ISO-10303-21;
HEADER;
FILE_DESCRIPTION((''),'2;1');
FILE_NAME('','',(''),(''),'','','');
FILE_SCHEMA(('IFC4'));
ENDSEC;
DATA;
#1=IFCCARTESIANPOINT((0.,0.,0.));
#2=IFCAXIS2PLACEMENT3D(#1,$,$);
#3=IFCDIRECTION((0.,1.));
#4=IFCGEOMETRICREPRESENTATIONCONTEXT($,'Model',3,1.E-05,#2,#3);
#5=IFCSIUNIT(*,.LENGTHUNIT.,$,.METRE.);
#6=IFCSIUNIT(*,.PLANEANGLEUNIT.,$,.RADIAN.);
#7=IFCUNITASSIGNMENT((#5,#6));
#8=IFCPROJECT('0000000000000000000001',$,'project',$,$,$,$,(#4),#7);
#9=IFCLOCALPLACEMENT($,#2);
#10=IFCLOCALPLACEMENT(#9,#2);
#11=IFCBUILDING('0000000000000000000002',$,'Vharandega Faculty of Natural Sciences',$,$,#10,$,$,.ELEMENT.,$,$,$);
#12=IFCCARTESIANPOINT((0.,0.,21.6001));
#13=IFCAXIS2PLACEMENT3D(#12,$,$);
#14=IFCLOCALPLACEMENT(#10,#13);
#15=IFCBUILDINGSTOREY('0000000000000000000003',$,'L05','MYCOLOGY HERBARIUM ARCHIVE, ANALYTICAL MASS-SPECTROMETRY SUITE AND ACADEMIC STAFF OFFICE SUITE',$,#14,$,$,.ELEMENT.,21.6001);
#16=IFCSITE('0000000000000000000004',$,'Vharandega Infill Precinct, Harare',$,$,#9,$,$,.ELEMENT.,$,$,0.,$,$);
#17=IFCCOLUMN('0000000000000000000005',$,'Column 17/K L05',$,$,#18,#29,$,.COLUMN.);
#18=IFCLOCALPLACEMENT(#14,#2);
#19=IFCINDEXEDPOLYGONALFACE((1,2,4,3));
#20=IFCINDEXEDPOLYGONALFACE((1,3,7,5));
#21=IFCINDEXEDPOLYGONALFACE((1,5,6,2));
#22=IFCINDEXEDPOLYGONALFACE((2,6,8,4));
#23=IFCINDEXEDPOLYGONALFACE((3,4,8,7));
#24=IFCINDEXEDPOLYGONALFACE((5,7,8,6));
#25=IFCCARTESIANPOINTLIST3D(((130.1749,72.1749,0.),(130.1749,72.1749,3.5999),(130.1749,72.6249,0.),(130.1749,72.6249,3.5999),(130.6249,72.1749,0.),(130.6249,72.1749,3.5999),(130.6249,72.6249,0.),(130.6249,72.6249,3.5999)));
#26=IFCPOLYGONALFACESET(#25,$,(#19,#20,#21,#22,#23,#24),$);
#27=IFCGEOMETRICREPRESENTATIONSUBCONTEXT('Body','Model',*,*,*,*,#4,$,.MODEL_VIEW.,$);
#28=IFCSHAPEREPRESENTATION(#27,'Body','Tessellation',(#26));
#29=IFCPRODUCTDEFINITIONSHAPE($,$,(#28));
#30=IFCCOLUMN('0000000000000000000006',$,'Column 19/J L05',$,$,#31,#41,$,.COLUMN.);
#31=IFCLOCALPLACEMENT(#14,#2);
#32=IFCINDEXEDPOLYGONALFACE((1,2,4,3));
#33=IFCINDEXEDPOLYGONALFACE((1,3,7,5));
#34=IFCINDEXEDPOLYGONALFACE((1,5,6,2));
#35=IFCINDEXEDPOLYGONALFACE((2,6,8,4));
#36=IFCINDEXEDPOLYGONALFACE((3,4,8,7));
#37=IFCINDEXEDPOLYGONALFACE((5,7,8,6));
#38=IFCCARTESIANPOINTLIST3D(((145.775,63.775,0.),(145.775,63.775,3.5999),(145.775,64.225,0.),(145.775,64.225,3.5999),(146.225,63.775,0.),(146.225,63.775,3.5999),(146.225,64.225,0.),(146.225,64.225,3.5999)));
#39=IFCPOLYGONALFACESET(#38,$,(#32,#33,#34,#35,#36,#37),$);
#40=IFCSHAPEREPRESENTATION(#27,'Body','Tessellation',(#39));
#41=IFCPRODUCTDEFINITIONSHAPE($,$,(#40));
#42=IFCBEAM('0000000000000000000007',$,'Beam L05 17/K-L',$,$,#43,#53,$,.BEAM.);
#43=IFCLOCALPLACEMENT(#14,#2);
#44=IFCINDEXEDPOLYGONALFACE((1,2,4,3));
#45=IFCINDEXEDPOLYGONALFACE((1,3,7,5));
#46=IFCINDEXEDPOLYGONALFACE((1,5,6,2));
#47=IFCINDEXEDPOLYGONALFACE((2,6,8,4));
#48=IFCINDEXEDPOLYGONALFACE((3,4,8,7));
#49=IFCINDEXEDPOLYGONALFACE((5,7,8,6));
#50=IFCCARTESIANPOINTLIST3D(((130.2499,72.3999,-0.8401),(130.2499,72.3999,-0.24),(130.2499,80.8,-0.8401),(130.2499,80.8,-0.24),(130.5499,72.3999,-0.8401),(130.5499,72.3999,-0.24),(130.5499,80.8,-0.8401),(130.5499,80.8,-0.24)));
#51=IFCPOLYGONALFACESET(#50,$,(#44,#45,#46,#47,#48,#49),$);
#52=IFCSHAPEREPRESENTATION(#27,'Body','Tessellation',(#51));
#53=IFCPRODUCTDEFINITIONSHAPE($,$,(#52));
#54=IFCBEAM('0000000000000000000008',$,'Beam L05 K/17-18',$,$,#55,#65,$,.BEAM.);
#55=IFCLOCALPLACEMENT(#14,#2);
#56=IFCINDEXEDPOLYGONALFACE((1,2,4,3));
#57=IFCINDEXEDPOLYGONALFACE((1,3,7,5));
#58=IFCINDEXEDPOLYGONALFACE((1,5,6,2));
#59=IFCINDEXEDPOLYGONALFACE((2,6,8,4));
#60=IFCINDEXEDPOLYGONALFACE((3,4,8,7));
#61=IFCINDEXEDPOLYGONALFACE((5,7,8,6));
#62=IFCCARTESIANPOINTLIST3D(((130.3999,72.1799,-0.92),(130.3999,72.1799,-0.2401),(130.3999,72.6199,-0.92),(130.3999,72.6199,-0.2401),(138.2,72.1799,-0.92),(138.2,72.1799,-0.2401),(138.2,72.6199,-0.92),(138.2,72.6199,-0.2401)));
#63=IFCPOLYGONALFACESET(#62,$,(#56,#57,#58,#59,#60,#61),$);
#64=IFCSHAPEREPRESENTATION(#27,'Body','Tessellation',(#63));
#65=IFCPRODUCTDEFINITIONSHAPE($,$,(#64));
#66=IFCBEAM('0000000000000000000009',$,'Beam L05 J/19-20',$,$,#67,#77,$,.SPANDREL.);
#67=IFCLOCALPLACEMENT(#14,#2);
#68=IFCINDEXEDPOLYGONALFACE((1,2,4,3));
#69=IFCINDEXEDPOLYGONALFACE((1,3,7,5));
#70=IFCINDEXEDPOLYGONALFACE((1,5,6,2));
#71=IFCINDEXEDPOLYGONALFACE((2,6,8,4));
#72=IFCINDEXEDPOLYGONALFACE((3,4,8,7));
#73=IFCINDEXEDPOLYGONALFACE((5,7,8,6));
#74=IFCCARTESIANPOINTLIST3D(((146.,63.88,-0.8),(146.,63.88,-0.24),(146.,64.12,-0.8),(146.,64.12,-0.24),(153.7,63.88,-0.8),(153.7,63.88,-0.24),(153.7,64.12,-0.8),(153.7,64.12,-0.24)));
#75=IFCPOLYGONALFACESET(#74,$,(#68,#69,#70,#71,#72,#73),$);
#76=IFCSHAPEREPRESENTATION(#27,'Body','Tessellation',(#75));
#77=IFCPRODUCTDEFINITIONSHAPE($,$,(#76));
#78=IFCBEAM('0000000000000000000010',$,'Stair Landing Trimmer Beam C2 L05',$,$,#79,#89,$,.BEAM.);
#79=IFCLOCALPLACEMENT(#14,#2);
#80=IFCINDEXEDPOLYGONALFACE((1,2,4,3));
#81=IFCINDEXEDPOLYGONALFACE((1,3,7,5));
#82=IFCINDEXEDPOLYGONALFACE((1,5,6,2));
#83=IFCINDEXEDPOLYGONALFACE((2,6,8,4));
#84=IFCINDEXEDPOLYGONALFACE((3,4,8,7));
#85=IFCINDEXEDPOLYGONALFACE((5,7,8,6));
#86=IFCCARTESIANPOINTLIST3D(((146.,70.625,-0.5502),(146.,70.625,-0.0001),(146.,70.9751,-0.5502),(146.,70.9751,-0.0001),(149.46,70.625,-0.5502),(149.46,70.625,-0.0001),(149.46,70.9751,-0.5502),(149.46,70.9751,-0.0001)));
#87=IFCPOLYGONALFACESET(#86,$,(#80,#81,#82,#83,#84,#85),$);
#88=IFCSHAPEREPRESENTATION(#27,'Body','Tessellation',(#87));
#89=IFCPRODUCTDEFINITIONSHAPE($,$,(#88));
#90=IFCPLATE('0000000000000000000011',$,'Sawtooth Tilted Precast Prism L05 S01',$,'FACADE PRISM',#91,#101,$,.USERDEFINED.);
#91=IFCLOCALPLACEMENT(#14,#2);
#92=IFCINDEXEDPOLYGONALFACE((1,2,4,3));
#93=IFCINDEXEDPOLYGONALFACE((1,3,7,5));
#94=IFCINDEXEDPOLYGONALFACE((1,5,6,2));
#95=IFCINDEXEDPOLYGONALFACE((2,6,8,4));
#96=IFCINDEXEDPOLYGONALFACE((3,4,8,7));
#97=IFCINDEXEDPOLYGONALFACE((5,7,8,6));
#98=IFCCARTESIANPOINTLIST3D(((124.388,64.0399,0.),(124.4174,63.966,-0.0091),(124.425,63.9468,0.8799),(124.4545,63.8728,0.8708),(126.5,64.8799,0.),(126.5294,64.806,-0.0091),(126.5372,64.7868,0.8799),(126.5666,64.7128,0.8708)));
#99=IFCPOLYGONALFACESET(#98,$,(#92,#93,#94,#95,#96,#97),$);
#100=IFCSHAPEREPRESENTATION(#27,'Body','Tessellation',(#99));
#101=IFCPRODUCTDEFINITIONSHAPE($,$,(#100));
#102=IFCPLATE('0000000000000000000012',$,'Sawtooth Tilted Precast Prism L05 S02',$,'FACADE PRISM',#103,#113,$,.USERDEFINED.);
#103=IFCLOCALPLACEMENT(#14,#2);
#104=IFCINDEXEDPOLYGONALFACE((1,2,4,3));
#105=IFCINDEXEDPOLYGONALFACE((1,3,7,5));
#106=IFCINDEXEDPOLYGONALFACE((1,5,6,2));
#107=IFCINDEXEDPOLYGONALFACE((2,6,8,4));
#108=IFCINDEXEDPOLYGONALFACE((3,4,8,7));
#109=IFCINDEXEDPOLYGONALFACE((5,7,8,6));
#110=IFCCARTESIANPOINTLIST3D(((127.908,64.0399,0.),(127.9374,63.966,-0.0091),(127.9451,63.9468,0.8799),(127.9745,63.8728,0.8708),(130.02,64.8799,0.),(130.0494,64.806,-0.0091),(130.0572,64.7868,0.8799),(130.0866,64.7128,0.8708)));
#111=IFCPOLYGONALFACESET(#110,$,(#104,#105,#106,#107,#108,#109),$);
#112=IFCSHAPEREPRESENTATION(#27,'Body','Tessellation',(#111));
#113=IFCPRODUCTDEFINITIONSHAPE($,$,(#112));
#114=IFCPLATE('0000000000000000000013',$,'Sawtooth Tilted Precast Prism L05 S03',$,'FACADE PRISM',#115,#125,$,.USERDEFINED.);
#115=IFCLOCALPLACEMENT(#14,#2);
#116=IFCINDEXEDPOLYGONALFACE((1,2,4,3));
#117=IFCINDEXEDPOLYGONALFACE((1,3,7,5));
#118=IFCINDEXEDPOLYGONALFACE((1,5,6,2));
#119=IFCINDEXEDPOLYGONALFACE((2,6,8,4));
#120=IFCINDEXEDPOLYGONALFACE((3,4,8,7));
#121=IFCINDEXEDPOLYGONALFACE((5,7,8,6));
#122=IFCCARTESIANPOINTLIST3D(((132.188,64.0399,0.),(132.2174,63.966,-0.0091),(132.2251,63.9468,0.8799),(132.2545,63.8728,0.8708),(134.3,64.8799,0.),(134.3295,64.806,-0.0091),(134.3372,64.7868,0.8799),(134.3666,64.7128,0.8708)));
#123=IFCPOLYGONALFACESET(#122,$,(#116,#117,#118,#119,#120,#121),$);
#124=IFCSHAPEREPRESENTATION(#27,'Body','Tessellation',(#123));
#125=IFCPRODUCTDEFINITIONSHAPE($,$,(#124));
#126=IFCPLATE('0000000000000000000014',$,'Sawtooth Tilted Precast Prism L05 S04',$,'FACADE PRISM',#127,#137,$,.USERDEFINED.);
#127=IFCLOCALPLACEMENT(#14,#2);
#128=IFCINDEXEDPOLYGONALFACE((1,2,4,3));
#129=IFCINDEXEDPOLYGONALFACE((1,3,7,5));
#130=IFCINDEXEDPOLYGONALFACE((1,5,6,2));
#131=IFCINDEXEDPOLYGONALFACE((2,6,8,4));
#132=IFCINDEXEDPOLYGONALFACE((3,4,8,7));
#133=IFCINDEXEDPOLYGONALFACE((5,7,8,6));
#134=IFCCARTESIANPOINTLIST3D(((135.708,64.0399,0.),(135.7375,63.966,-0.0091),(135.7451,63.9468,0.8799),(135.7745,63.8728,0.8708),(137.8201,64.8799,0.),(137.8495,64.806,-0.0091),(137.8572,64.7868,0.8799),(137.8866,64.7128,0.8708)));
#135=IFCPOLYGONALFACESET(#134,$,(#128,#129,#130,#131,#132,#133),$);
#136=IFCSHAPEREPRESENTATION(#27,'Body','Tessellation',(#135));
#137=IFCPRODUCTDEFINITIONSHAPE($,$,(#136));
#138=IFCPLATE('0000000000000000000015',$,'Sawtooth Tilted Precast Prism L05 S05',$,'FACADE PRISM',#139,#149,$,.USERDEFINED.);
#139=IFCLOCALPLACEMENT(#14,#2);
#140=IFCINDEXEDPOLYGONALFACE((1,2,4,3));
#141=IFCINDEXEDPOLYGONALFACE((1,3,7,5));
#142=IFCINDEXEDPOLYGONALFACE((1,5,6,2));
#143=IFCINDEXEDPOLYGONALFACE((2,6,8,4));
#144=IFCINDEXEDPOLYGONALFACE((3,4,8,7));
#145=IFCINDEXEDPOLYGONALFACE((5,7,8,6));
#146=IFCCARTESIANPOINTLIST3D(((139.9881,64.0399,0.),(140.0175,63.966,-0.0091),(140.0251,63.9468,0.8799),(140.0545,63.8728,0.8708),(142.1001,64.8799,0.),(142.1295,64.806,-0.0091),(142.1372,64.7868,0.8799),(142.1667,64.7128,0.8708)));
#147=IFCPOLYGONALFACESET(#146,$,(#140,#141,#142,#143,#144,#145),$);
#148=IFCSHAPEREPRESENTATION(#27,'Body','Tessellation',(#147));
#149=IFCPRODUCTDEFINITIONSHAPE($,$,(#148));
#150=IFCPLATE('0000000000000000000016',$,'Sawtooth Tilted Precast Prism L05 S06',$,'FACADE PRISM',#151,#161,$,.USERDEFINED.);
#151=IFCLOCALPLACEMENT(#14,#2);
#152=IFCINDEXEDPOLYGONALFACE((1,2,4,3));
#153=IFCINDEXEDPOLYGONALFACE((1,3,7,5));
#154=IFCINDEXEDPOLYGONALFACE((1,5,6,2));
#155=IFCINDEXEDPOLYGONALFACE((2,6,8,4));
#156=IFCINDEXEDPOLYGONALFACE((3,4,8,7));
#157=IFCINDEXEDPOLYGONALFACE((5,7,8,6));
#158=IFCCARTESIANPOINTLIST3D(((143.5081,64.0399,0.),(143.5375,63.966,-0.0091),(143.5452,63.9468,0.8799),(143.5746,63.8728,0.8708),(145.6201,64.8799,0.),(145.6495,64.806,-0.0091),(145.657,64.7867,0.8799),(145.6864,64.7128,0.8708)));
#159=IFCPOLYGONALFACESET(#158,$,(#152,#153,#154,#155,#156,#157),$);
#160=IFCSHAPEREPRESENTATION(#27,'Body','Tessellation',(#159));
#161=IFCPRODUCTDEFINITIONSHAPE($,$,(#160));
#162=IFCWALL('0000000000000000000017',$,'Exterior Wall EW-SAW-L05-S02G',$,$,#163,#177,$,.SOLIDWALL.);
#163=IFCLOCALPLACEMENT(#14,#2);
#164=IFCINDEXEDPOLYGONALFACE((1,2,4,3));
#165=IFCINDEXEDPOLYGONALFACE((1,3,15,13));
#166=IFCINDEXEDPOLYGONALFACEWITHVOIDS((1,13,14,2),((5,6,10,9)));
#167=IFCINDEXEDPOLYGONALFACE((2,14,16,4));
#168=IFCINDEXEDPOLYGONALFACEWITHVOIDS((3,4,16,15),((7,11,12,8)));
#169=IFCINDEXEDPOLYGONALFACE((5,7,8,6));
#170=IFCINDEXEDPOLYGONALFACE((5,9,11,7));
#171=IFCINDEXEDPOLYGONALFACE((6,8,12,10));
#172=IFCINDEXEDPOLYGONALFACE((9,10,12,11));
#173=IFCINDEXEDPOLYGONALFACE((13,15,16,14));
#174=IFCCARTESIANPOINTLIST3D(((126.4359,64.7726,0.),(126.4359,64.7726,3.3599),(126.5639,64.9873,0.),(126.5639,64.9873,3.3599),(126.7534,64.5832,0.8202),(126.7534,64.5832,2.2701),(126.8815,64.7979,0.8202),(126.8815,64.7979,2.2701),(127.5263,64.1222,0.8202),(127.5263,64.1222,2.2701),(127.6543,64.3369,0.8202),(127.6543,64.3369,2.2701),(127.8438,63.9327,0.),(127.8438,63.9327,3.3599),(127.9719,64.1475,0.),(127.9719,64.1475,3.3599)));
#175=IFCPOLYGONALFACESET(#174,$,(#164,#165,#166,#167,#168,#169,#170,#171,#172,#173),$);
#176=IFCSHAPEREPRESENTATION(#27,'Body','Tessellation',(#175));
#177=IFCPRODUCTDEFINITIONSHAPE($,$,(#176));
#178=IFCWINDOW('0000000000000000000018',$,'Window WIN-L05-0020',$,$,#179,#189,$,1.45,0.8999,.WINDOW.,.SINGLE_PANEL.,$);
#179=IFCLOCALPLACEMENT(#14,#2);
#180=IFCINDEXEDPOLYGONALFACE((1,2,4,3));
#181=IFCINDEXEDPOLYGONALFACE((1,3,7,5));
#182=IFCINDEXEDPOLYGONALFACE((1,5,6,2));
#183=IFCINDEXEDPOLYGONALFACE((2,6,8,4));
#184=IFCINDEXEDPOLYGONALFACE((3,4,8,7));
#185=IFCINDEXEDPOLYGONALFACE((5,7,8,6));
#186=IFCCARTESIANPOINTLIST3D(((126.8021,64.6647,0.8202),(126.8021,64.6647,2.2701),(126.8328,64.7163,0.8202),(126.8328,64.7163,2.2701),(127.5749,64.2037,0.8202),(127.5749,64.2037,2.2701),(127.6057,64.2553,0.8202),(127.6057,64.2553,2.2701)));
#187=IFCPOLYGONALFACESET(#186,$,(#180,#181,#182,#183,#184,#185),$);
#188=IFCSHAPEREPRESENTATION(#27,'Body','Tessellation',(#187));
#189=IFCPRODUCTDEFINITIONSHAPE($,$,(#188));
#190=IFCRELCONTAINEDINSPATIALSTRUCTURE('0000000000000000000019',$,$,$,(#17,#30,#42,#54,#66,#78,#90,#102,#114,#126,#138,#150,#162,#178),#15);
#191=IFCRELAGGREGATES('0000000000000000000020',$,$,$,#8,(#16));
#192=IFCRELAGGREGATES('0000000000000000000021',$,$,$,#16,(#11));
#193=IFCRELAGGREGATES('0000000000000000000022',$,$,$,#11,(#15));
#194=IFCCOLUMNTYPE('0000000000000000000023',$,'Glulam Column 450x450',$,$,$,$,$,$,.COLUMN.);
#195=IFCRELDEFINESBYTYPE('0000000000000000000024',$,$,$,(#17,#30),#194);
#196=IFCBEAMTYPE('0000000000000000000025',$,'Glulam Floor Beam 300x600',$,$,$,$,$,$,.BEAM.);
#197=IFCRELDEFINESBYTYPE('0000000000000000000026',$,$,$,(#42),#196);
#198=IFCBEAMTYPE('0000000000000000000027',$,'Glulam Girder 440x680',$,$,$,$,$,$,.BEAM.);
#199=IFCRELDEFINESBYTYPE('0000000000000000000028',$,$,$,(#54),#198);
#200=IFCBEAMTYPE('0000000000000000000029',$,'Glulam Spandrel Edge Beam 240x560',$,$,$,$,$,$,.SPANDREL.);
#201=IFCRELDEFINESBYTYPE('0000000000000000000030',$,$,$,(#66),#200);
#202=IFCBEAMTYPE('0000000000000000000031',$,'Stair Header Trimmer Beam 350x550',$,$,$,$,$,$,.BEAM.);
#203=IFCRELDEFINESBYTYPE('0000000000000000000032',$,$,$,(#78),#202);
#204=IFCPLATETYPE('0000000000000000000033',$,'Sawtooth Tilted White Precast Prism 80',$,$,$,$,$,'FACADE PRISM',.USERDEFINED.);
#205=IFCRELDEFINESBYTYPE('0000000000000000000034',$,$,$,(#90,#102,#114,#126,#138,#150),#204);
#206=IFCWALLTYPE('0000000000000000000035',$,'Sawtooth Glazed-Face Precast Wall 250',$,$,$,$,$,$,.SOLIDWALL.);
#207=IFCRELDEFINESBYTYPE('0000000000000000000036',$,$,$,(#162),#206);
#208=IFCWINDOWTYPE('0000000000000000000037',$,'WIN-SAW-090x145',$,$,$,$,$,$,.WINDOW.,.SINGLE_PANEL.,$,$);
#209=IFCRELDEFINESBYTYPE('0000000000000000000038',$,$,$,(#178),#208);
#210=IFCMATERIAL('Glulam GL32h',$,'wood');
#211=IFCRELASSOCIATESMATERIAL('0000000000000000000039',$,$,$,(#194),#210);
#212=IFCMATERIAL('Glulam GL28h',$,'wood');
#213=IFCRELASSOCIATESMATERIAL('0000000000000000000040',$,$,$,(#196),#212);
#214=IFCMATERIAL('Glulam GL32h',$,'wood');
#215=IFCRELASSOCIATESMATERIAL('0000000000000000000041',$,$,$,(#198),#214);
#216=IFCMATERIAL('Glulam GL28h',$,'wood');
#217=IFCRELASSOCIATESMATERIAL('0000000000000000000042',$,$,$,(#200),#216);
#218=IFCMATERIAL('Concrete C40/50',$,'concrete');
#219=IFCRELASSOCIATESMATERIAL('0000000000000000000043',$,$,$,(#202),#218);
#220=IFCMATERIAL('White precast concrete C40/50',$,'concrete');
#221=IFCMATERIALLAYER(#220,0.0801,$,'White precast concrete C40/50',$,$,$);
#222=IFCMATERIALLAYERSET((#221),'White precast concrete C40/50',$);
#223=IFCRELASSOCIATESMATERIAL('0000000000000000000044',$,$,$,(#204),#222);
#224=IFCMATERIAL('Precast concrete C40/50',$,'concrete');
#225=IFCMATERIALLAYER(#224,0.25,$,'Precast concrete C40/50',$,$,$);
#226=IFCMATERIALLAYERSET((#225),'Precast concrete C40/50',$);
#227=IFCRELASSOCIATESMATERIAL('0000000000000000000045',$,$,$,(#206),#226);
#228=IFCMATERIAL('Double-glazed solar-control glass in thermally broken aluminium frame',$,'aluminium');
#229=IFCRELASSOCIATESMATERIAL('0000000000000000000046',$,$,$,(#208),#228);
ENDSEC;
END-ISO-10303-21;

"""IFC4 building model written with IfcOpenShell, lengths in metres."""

from ifc_helpers import new_model, si_unit, direction, frame, frame_2d, origin, origin_2d, place, context, subcontext, project, spatial, polyline, rectangle, outline, extrude, material, layer, layer_set, material_profile, profile_set, type_object, element, fill, save


model = new_model("IFC4")

# Units and contexts
model_context = context("Model", 3, precision=1e-05, world=origin(), true_north=direction((0.0, 1.0)))
body_context = subcontext(model_context, "Body", "Model", "MODEL_VIEW")
ifc_project = project(units=[si_unit("LENGTHUNIT", "METRE"), si_unit("PLANEANGLEUNIT", "RADIAN")], contexts=[model_context])

# Site, building, storey
site_placement = place(None, origin())
site = spatial("IfcSite", under=ifc_project, at=site_placement, Name="Vharandega Infill Precinct, Harare", CompositionType="ELEMENT", RefElevation=0.0)
building_placement = place(site_placement, origin())
building = spatial("IfcBuilding", under=site, at=building_placement, Name="Vharandega Faculty of Natural Sciences", CompositionType="ELEMENT")
storey_placement = place(building_placement, frame((0.0, 0.0, 21.6001)))
storey = spatial("IfcBuildingStorey", under=building, at=storey_placement, Name="L05", Description="MYCOLOGY HERBARIUM ARCHIVE, ANALYTICAL MASS-SPECTROMETRY SUITE AND ACADEMIC STAFF OFFICE SUITE", CompositionType="ELEMENT", Elevation=21.6001)

# Columns
ifc_material_1 = material(Name="Glulam GL32h", Category="wood")
ifc_material_profile_1 = material_profile(ifc_material_1, rectangle(XDim=0.45, YDim=0.45, at=origin_2d()), Name="GL32h 450x450")
ifc_profile_set_1 = profile_set([ifc_material_profile_1], Name="Glulam GL32h")
column_type = type_object("IfcColumnType", Name="Glulam Column 450x450", PredefinedType="COLUMN", material=ifc_profile_set_1)
for number, where, z_axis, x_axis, name in (
    (1, (130.3999, 72.3999, 0.0), (0.0, 0.0, 1.0), (1.0, 0.0, 0.0), "Column 17/K L05"),
    (2, (146.0, 64.0, 0.0), (0.0, 0.0, 1.0), (1.0, 0.0, 0.0), "Column 19/J L05"),
):
    element("IfcColumn", number, at=place(storey_placement, frame(where, z_axis=z_axis, x_axis=x_axis)), inside=storey, type_object=column_type, Name=name, PredefinedType="COLUMN", context=body_context, shape_type="SweptSolid", body=[
        extrude(rectangle(XDim=0.45, YDim=0.45, at=origin_2d()), origin(), (0.0, 0.0, 1.0), 3.5999),
    ])

# Beams
ifc_material_2 = material(Name="Glulam GL28h", Category="wood")
ifc_material_profile_2 = material_profile(ifc_material_2, rectangle(XDim=0.3, YDim=0.6001, at=origin_2d()), Name="GL28h 300x600")
ifc_profile_set_2 = profile_set([ifc_material_profile_2], Name="Glulam GL28h")
beam_type_1 = type_object("IfcBeamType", Name="Glulam Floor Beam 300x600", PredefinedType="BEAM", material=ifc_profile_set_2)
beam_1_placement = place(storey_placement, frame((130.3999, 72.3999, -0.54), z_axis=(0.0, 1.0, 0.0), x_axis=(-1.0, 0.0, 0.0)))
element("IfcBeam", 3, at=beam_1_placement, inside=storey, type_object=beam_type_1, Name="Beam L05 17/K-L", PredefinedType="BEAM", context=body_context, shape_type="SweptSolid", body=[
    extrude(rectangle(XDim=0.3, YDim=0.6001, at=origin_2d()), origin(), (0.0, 0.0, 1.0), 8.4001),
])
ifc_material_3 = material(Name="Glulam GL32h", Category="wood")
ifc_material_profile_3 = material_profile(ifc_material_3, rectangle(XDim=0.4399, YDim=0.6799, at=origin_2d()), Name="GL32h 440x680")
ifc_profile_set_3 = profile_set([ifc_material_profile_3], Name="Glulam GL32h")
beam_type_2 = type_object("IfcBeamType", Name="Glulam Girder 440x680", PredefinedType="BEAM", material=ifc_profile_set_3)
beam_2_placement = place(storey_placement, frame((130.3999, 72.3999, -0.5801), z_axis=(1.0, 0.0, 0.0), x_axis=(0.0, 1.0, 0.0)))
element("IfcBeam", 4, at=beam_2_placement, inside=storey, type_object=beam_type_2, Name="Beam L05 K/17-18", PredefinedType="BEAM", context=body_context, shape_type="SweptSolid", body=[
    extrude(rectangle(XDim=0.4399, YDim=0.6799, at=origin_2d()), origin(), (0.0, 0.0, 1.0), 7.8),
])
ifc_material_4 = material(Name="Glulam GL28h", Category="wood")
ifc_material_profile_4 = material_profile(ifc_material_4, rectangle(XDim=0.24, YDim=0.5601, at=origin_2d()), Name="GL28h 240x560")
ifc_profile_set_4 = profile_set([ifc_material_profile_4], Name="Glulam GL28h")
beam_type_3 = type_object("IfcBeamType", Name="Glulam Spandrel Edge Beam 240x560", PredefinedType="SPANDREL", material=ifc_profile_set_4)
beam_3_placement = place(storey_placement, frame((146.0, 64.0, -0.52), z_axis=(1.0, 0.0, 0.0), x_axis=(0.0, 1.0, 0.0)))
element("IfcBeam", 5, at=beam_3_placement, inside=storey, type_object=beam_type_3, Name="Beam L05 J/19-20", PredefinedType="SPANDREL", context=body_context, shape_type="SweptSolid", body=[
    extrude(rectangle(XDim=0.24, YDim=0.5601, at=origin_2d()), origin(), (0.0, 0.0, 1.0), 7.7),
])
ifc_material_5 = material(Name="Concrete C40/50", Category="concrete")
ifc_material_profile_5 = material_profile(ifc_material_5, rectangle(XDim=0.3501, YDim=0.55, at=origin_2d()), Name="RC 350x550")
ifc_profile_set_5 = profile_set([ifc_material_profile_5], Name="Concrete C40/50")
beam_type_4 = type_object("IfcBeamType", Name="Stair Header Trimmer Beam 350x550", PredefinedType="BEAM", material=ifc_profile_set_5)
beam_4_placement = place(storey_placement, frame((146.0, 70.8, -0.2751), z_axis=(1.0, 0.0, 0.0), x_axis=(0.0, 1.0, 0.0)))
element("IfcBeam", 6, at=beam_4_placement, inside=storey, type_object=beam_type_4, Name="Stair Landing Trimmer Beam C2 L05", PredefinedType="BEAM", context=body_context, shape_type="SweptSolid", body=[
    extrude(rectangle(XDim=0.3501, YDim=0.55, at=origin_2d()), origin(), (0.0, 0.0, 1.0), 3.46),
])

# Plates
ifc_material_6 = material(Name="White precast concrete C40/50", Category="concrete")
ifc_layer_1 = layer(ifc_material_6, 0.0801, Name="White precast concrete C40/50")
ifc_layer_set_1 = layer_set([ifc_layer_1], Name="White precast concrete C40/50")
plate_type = type_object("IfcPlateType", Name="Sawtooth Tilted White Precast Prism 80", ElementType="FACADE PRISM", PredefinedType="USERDEFINED", material=ifc_layer_set_1)
for number, where, z_axis, x_axis, name in (
    (7, (126.5, 64.8799, 0.0), (-0.367171, 0.923238, 0.113215), (0.041952, -0.105155, 0.993571), "Sawtooth Tilted Precast Prism L05 S01"),
    (8, (130.02, 64.8799, 0.0), (-0.367171, 0.923238, 0.113215), (0.041952, -0.105155, 0.993571), "Sawtooth Tilted Precast Prism L05 S02"),
    (9, (134.3, 64.8799, 0.0), (-0.367171, 0.923238, 0.113215), (0.041952, -0.105155, 0.993571), "Sawtooth Tilted Precast Prism L05 S03"),
    (10, (137.8201, 64.8799, 0.0), (-0.367171, 0.923238, 0.113215), (0.041952, -0.105155, 0.993571), "Sawtooth Tilted Precast Prism L05 S04"),
    (11, (142.1001, 64.8799, 0.0), (-0.367171, 0.923238, 0.113215), (0.041952, -0.105155, 0.993571), "Sawtooth Tilted Precast Prism L05 S05"),
):
    element("IfcPlate", number, at=place(storey_placement, frame(where, z_axis=z_axis, x_axis=x_axis)), inside=storey, type_object=plate_type, Name=name, ObjectType="FACADE PRISM", PredefinedType="USERDEFINED", context=body_context, shape_type="SweptSolid", body=[
        extrude(outline(polyline([(0.0, 0.0), (0.8856, 0.0), (0.8853, -2.273), (-0.0003, -2.2729), (0.0, 0.0)])), origin(), (0.0, 0.0, -1.0), 0.0801),
    ])
plate_placement = place(storey_placement, frame((145.6201, 64.8799, 0.0), z_axis=(-0.367192, 0.923236, 0.113164), x_axis=(0.041695, -0.105203, 0.993576)))
element("IfcPlate", 12, at=plate_placement, inside=storey, type_object=plate_type, Name="Sawtooth Tilted Precast Prism L05 S06", ObjectType="FACADE PRISM", PredefinedType="USERDEFINED", context=body_context, shape_type="SweptSolid", body=[
    extrude(outline(polyline([(0.0, 0.0), (0.8856, 0.0), (0.8859, -2.2728), (0.0003, -2.2729), (0.0, 0.0)])), origin(), (0.0, 0.0, -1.0), 0.0801),
])

# Wall, opening, window
ifc_material_7 = material(Name="Precast concrete C40/50", Category="concrete")
ifc_layer_2 = layer(ifc_material_7, 0.25, Name="Precast concrete C40/50")
ifc_layer_set_2 = layer_set([ifc_layer_2], Name="Precast concrete C40/50")
wall_type_1 = type_object("IfcWallType", Name="Sawtooth Glazed-Face Precast Wall 250", PredefinedType="SOLIDWALL", material=ifc_layer_set_2)
wall_1_placement = place(storey_placement, frame((127.908, 64.04, 0.0), z_axis=(0.0, 0.0, 1.0), x_axis=(-0.858817, 0.512282, 0.0)))
wall_1 = element("IfcWall", 13, at=wall_1_placement, inside=storey, type_object=wall_type_1, Name="Exterior Wall EW-SAW-L05-S02G", PredefinedType="SOLIDWALL", context=body_context, shape_type="SweptSolid", body=[
    extrude(rectangle(XDim=1.6394, YDim=0.25, at=frame_2d((0.8198, 0.0))), origin(), (0.0, 0.0, 1.0), 3.3599),
])
opening_1_placement = place(wall_1_placement, frame((0.3699, 0.0, 0.8201)))
opening_1 = element("IfcOpeningElement", 14, at=opening_1_placement, cuts=wall_1, PredefinedType="OPENING", context=body_context, shape_type="SweptSolid", body=[
    extrude(rectangle(XDim=0.8999, YDim=1.45, at=frame_2d((0.45, 0.7251))), frame((0.0, 0.135, 0.0), z_axis=(0.0, -1.0, 0.0), x_axis=(1.0, 0.0, 0.0)), (0.0, 0.0, 1.0), 0.27),
])
ifc_material_8 = material(Name="Double-glazed solar-control glass in thermally broken aluminium frame", Category="aluminium")
window_type_1 = type_object("IfcWindowType", Name="WIN-SAW-090x145", PartitioningType="SINGLE_PANEL", PredefinedType="WINDOW", material=ifc_material_8)
window_1_placement = place(opening_1_placement, origin())
window_1 = element("IfcWindow", 15, at=window_1_placement, inside=storey, type_object=window_type_1, Name="Window WIN-L05-0020", OverallHeight=1.45, OverallWidth=0.8999, PartitioningType="SINGLE_PANEL", PredefinedType="WINDOW", context=body_context, shape_type="SweptSolid", body=[
    extrude(rectangle(XDim=0.8999, YDim=1.45, at=frame_2d((0.45, 0.7251))), frame((0.0, 0.03, 0.0), z_axis=(0.0, -1.0, 0.0), x_axis=(1.0, 0.0, 0.0)), (0.0, 0.0, 1.0), 0.0601),
])
fill(opening_1, window_1)

save(model, "model.ifc")
